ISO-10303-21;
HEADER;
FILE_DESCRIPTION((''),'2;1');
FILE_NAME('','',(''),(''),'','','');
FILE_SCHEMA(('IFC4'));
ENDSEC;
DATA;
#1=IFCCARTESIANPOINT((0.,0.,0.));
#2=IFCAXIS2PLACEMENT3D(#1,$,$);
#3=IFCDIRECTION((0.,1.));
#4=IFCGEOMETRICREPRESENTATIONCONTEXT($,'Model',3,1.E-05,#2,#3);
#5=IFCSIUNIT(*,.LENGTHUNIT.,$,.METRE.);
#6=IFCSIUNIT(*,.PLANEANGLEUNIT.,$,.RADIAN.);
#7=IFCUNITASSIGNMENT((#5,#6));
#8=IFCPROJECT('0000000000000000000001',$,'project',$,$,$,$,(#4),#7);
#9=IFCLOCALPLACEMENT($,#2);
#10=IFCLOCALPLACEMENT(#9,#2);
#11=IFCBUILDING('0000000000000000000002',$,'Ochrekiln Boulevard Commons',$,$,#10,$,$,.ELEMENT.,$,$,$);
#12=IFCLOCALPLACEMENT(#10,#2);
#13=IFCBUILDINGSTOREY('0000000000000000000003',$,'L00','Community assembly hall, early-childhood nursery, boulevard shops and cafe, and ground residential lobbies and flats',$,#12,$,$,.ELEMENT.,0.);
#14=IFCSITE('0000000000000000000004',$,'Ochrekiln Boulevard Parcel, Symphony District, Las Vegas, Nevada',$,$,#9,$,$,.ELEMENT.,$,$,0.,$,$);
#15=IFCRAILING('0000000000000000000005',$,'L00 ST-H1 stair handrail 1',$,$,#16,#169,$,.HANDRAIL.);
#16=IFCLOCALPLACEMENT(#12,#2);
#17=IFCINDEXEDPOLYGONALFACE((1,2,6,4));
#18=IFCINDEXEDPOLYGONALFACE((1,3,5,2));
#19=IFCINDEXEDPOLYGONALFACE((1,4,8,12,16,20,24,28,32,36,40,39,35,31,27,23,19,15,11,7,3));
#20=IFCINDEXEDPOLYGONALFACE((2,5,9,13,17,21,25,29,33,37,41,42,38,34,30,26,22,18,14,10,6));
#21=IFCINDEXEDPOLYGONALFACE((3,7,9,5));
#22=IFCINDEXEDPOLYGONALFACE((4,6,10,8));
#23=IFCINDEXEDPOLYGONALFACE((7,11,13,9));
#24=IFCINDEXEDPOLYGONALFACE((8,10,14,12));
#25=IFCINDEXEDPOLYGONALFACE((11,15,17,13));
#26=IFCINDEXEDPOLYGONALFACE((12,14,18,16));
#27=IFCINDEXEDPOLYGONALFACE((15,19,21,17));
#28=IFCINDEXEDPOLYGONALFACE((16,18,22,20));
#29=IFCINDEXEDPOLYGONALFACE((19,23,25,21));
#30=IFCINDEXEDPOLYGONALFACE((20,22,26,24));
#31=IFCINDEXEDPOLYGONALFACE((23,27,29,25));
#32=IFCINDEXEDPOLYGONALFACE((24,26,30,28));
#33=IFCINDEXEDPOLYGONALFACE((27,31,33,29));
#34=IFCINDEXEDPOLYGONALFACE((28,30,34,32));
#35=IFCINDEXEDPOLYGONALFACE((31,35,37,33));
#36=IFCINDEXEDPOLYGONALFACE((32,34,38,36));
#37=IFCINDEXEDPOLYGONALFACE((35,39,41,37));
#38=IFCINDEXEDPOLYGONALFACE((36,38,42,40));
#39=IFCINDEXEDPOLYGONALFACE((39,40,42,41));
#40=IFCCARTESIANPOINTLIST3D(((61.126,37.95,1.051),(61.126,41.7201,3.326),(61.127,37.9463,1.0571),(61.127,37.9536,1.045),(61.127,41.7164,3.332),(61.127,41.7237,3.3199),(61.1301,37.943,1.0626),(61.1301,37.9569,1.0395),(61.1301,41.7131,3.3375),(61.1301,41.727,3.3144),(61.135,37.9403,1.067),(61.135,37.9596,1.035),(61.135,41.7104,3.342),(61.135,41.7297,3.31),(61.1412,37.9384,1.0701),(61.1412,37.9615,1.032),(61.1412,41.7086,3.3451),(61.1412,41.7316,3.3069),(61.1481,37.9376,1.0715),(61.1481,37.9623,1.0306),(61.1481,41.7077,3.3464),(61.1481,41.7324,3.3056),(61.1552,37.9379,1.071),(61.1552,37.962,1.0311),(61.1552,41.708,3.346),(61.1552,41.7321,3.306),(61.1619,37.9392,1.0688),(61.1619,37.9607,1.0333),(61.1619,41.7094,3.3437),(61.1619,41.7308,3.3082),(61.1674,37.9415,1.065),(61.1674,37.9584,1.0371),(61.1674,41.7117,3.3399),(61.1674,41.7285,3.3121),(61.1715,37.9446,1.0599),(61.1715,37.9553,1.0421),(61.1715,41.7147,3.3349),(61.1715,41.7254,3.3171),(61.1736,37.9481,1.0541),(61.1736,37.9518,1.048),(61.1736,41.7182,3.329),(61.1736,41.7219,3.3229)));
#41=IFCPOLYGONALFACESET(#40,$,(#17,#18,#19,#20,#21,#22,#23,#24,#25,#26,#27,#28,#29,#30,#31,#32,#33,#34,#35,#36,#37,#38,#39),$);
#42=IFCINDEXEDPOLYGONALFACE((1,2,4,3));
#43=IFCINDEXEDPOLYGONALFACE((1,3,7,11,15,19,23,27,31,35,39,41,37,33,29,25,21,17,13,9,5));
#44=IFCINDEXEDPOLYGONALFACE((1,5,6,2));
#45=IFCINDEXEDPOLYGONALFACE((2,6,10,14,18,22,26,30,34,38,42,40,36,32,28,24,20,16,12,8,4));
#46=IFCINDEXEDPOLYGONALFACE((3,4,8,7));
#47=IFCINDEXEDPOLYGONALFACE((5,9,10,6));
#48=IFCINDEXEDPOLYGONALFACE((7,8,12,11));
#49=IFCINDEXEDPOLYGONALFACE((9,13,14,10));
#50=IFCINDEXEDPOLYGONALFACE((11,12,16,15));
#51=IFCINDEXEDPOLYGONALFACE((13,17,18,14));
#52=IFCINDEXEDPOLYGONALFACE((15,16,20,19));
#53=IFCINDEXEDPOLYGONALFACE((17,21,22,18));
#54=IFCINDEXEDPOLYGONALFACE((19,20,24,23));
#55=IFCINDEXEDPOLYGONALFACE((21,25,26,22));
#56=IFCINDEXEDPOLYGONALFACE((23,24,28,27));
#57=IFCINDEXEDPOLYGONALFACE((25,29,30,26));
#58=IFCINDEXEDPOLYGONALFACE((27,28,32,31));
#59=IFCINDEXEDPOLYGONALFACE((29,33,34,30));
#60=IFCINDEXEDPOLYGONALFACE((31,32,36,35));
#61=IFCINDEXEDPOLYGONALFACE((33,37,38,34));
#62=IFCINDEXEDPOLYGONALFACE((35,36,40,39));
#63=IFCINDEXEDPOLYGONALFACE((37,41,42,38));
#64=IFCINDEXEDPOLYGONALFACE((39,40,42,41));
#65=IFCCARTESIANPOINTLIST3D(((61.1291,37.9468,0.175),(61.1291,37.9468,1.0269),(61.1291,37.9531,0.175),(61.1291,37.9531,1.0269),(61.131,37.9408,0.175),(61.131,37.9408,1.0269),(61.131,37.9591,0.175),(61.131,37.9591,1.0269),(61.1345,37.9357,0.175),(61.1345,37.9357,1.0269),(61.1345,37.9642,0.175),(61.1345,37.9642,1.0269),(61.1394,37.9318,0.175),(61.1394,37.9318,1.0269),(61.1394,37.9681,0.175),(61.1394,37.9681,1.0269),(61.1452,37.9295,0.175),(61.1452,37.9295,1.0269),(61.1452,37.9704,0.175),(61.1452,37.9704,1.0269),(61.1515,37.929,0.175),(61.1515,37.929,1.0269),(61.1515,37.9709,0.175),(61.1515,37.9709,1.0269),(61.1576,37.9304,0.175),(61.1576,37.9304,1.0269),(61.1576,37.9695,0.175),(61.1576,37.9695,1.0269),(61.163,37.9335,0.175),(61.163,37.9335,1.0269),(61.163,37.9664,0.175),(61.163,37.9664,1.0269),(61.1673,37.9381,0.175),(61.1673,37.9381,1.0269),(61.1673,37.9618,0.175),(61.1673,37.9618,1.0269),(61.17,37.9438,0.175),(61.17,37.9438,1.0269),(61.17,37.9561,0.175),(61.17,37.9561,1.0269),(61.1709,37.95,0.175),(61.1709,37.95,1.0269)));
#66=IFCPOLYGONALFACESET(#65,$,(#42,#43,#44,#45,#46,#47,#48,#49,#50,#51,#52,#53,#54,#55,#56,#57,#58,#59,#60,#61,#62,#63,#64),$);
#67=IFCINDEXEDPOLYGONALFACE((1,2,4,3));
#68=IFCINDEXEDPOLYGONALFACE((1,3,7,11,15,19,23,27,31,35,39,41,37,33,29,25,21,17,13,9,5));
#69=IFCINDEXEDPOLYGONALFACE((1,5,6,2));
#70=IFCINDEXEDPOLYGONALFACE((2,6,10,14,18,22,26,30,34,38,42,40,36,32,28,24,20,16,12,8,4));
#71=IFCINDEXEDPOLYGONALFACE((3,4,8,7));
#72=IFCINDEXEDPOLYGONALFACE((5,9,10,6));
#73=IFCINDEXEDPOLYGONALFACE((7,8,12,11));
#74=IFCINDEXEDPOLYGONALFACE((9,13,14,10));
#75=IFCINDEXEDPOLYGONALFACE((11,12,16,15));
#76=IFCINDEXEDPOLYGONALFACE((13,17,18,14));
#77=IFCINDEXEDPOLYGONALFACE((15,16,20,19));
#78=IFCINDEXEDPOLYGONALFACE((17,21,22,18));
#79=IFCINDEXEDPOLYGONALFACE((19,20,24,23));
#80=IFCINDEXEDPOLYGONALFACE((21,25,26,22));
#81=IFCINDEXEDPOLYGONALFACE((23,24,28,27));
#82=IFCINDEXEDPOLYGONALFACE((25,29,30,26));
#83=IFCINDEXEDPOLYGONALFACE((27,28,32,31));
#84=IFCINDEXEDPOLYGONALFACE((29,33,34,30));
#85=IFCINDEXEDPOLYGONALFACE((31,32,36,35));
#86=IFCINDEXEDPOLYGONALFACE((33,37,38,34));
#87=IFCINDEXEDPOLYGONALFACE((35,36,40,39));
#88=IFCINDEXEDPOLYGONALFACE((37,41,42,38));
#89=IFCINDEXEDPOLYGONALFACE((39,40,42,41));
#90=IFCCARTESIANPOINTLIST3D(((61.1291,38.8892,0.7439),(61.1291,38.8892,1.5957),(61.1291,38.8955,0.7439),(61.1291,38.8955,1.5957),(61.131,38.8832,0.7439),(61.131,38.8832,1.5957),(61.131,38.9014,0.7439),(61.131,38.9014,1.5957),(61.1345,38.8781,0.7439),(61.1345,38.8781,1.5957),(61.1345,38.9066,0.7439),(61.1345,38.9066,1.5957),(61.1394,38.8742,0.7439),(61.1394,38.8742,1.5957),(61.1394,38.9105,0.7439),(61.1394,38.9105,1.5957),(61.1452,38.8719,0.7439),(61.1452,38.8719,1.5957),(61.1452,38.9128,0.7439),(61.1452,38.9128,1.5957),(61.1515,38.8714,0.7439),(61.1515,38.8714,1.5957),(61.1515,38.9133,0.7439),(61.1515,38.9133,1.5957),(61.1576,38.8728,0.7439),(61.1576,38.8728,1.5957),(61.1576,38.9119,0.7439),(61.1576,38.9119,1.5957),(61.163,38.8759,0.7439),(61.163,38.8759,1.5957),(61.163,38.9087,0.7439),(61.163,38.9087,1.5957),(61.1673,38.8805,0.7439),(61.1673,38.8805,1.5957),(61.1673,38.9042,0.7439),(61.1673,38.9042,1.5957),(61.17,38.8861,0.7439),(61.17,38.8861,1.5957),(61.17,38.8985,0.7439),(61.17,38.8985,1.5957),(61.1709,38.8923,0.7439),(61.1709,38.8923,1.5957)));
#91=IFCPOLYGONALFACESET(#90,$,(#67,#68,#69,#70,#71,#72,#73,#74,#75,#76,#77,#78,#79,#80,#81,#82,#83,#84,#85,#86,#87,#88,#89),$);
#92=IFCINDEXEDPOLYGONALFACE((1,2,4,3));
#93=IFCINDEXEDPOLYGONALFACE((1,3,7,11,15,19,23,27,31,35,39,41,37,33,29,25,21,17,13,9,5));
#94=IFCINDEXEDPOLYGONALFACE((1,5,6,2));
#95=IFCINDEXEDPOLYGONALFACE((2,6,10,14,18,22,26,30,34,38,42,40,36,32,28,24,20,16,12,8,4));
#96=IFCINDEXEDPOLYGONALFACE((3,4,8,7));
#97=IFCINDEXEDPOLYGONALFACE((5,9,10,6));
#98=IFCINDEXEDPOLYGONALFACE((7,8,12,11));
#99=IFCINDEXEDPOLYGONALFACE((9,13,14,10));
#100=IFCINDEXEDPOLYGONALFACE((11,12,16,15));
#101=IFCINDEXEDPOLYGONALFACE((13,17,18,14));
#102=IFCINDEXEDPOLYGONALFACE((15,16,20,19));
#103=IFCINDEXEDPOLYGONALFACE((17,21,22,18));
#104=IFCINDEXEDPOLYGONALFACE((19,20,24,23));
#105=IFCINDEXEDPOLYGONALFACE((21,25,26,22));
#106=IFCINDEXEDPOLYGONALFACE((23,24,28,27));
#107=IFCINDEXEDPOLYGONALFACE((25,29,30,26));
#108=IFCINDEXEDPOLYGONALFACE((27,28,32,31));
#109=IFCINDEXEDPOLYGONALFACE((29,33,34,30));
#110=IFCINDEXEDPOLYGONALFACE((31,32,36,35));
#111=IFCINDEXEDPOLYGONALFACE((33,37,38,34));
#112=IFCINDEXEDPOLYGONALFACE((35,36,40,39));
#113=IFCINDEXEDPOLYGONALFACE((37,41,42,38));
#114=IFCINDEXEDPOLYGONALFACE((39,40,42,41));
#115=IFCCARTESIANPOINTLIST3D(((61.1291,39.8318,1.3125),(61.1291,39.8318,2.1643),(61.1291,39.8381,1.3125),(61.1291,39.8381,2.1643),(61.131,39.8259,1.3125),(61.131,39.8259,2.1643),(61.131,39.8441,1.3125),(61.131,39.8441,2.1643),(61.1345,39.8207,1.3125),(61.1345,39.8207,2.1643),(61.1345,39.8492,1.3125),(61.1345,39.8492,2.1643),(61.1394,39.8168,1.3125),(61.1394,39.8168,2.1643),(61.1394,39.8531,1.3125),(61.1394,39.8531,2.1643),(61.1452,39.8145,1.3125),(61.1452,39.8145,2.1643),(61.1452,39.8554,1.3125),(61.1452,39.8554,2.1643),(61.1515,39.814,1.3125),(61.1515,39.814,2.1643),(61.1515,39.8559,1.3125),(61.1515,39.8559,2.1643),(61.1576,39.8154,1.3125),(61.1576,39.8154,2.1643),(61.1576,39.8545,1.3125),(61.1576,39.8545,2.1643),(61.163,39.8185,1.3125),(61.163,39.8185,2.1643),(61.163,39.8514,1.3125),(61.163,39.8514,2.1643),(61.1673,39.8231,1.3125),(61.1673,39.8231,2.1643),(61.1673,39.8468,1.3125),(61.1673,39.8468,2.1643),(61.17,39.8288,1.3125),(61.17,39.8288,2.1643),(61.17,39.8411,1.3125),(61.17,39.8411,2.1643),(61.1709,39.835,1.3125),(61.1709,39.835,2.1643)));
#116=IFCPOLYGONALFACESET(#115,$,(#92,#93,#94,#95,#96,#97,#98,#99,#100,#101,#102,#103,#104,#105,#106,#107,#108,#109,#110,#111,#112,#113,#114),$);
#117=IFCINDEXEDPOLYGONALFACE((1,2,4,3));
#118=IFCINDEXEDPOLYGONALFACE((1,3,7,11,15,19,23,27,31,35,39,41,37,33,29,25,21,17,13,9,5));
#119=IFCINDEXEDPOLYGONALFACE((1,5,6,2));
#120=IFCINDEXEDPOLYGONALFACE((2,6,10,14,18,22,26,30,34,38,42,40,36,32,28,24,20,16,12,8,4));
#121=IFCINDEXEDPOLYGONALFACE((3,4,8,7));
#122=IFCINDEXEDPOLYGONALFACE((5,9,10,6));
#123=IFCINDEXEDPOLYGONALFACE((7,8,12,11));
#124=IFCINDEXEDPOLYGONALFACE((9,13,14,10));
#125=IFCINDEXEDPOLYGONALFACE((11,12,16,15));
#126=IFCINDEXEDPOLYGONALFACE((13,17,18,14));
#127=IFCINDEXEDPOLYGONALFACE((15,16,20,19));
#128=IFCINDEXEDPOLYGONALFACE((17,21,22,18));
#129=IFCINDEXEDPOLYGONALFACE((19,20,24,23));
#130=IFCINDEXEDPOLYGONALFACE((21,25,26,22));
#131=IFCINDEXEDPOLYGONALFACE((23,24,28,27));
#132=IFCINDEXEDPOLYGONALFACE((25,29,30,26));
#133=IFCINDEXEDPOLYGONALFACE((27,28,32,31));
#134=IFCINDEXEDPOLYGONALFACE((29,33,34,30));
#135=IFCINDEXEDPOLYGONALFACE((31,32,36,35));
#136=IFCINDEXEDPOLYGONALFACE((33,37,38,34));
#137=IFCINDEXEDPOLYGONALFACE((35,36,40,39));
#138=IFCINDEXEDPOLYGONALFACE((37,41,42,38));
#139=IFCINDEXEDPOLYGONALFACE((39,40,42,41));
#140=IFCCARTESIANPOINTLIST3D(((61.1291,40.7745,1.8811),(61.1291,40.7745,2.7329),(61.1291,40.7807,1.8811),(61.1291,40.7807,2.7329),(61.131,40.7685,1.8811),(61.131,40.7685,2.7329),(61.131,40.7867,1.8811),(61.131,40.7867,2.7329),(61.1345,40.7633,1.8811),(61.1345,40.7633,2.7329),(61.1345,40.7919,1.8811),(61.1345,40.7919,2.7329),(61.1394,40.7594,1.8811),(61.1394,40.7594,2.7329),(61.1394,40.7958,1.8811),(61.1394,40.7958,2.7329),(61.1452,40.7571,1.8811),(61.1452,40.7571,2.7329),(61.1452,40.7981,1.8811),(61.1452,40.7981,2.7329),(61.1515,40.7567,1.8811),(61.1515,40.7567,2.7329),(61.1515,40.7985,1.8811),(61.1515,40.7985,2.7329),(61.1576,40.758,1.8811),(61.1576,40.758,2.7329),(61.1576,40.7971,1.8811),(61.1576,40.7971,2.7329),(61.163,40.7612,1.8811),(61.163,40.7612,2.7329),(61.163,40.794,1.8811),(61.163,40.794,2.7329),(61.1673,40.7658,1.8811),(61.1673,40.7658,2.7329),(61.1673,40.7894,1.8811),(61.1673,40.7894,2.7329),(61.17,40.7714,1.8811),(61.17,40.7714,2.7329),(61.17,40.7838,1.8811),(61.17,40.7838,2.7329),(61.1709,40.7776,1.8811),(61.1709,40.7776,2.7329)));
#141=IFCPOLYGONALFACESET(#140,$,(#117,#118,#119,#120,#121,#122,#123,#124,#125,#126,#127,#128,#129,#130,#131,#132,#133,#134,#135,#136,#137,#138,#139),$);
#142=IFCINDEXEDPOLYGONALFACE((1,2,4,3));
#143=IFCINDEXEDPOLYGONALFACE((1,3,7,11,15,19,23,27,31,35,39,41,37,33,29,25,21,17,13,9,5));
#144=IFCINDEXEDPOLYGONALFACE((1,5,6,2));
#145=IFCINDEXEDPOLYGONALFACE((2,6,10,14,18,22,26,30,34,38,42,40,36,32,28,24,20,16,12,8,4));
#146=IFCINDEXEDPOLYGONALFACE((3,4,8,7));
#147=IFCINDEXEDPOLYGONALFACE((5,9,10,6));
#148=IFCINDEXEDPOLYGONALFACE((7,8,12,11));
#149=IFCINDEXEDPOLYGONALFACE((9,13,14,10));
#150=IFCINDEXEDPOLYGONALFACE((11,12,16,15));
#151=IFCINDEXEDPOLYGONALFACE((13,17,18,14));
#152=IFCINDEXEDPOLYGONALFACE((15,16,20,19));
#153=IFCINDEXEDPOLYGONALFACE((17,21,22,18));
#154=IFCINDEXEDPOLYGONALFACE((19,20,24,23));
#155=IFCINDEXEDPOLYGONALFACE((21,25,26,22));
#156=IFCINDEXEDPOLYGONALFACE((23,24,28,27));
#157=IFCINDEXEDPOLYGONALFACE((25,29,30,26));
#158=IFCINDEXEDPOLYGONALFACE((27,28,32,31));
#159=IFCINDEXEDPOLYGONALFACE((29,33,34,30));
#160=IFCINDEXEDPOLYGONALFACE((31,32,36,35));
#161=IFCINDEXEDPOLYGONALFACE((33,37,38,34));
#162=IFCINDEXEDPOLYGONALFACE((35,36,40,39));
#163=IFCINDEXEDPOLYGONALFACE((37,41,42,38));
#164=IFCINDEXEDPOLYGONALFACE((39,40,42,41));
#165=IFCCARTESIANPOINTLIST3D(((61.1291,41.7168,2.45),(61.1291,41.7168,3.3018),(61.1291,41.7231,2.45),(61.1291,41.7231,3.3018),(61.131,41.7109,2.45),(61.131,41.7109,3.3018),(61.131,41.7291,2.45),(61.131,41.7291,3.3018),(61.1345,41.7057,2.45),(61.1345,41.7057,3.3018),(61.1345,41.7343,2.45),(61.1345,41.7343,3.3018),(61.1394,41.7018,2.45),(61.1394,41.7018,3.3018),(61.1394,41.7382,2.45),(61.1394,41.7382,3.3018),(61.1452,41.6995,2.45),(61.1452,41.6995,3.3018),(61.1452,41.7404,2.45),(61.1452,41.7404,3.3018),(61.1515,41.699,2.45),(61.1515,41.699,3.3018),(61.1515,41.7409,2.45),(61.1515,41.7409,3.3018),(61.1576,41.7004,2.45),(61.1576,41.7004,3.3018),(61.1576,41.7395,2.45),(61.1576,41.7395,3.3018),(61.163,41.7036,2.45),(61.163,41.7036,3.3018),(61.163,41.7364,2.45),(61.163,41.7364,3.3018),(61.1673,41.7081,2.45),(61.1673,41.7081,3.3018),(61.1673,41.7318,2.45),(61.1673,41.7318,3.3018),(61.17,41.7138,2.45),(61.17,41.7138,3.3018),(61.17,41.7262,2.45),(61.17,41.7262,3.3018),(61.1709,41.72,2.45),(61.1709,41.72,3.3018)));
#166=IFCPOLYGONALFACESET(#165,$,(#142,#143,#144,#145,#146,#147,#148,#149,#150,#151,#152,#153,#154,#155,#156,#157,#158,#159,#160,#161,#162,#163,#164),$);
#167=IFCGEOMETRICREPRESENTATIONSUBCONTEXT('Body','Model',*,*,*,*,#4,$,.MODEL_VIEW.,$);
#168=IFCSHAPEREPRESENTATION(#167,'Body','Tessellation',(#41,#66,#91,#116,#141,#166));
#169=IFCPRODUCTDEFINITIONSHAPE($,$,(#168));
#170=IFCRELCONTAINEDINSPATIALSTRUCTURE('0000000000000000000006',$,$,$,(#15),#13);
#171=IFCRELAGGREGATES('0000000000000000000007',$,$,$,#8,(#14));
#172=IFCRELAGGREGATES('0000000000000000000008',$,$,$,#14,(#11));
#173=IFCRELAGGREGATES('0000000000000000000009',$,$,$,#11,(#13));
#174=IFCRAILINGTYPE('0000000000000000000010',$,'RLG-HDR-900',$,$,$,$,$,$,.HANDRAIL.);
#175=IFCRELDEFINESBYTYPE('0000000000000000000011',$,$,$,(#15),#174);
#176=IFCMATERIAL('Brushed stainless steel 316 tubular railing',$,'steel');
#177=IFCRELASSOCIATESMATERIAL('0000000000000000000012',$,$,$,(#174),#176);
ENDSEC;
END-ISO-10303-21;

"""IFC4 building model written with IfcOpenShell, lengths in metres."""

from ifc_helpers import new_model, si_unit, direction, frame, origin, origin_2d, place, context, subcontext, project, spatial, circle, extrude, material, type_object, element, save


model = new_model("IFC4")

# Units and contexts
model_context = context("Model", 3, precision=1e-05, world=origin(), true_north=direction((0.0, 1.0)))
body_context = subcontext(model_context, "Body", "Model", "MODEL_VIEW")
ifc_project = project(units=[si_unit("LENGTHUNIT", "METRE"), si_unit("PLANEANGLEUNIT", "RADIAN")], contexts=[model_context])

# Site, building, storey
site_placement = place(None, origin())
site = spatial("IfcSite", under=ifc_project, at=site_placement, Name="Ochrekiln Boulevard Parcel, Symphony District, Las Vegas, Nevada", CompositionType="ELEMENT", RefElevation=0.0)
building_placement = place(site_placement, origin())
building = spatial("IfcBuilding", under=site, at=building_placement, Name="Ochrekiln Boulevard Commons", CompositionType="ELEMENT")
storey_placement = place(building_placement, origin())
storey = spatial("IfcBuildingStorey", under=building, at=storey_placement, Name="L00", Description="Community assembly hall, early-childhood nursery, boulevard shops and cafe, and ground residential lobbies and flats", CompositionType="ELEMENT", Elevation=0.0)

# Railing
ifc_material_1 = material(Name="Brushed stainless steel 316 tubular railing", Category="steel")
railing_type_1 = type_object("IfcRailingType", Name="RLG-HDR-900", PredefinedType="HANDRAIL", material=ifc_material_1)
railing_1_placement = place(storey_placement, frame((61.1499, 37.95, 0.175)))
element("IfcRailing", 1, at=railing_1_placement, inside=storey, type_object=railing_type_1, Name="L00 ST-H1 stair handrail 1", PredefinedType="HANDRAIL", context=body_context, shape_type="SweptSolid", body=[
    extrude(circle(Radius=0.0239, at=origin_2d()), frame((0.0, 0.0, 0.876), z_axis=(0.0, 0.856199, 0.516647), x_axis=(-1.0, 0.0, 0.0)), (0.0, 0.0, 1.0), 4.4033),
    extrude(circle(Radius=0.021, at=origin_2d()), origin(), (0.0, 0.0, 1.0), 0.8518),
    extrude(circle(Radius=0.021, at=origin_2d()), frame((0.0, 0.9424, 0.5688)), (0.0, 0.0, 1.0), 0.8518),
    extrude(circle(Radius=0.021, at=origin_2d()), frame((0.0, 1.885, 1.1375)), (0.0, 0.0, 1.0), 0.8518),
    extrude(circle(Radius=0.021, at=origin_2d()), frame((0.0, 2.8276, 1.7061)), (0.0, 0.0, 1.0), 0.8518),
    extrude(circle(Radius=0.021, at=origin_2d()), frame((0.0, 3.77, 2.2749)), (0.0, 0.0, 1.0), 0.8518),
])

save(model, "model.ifc")
